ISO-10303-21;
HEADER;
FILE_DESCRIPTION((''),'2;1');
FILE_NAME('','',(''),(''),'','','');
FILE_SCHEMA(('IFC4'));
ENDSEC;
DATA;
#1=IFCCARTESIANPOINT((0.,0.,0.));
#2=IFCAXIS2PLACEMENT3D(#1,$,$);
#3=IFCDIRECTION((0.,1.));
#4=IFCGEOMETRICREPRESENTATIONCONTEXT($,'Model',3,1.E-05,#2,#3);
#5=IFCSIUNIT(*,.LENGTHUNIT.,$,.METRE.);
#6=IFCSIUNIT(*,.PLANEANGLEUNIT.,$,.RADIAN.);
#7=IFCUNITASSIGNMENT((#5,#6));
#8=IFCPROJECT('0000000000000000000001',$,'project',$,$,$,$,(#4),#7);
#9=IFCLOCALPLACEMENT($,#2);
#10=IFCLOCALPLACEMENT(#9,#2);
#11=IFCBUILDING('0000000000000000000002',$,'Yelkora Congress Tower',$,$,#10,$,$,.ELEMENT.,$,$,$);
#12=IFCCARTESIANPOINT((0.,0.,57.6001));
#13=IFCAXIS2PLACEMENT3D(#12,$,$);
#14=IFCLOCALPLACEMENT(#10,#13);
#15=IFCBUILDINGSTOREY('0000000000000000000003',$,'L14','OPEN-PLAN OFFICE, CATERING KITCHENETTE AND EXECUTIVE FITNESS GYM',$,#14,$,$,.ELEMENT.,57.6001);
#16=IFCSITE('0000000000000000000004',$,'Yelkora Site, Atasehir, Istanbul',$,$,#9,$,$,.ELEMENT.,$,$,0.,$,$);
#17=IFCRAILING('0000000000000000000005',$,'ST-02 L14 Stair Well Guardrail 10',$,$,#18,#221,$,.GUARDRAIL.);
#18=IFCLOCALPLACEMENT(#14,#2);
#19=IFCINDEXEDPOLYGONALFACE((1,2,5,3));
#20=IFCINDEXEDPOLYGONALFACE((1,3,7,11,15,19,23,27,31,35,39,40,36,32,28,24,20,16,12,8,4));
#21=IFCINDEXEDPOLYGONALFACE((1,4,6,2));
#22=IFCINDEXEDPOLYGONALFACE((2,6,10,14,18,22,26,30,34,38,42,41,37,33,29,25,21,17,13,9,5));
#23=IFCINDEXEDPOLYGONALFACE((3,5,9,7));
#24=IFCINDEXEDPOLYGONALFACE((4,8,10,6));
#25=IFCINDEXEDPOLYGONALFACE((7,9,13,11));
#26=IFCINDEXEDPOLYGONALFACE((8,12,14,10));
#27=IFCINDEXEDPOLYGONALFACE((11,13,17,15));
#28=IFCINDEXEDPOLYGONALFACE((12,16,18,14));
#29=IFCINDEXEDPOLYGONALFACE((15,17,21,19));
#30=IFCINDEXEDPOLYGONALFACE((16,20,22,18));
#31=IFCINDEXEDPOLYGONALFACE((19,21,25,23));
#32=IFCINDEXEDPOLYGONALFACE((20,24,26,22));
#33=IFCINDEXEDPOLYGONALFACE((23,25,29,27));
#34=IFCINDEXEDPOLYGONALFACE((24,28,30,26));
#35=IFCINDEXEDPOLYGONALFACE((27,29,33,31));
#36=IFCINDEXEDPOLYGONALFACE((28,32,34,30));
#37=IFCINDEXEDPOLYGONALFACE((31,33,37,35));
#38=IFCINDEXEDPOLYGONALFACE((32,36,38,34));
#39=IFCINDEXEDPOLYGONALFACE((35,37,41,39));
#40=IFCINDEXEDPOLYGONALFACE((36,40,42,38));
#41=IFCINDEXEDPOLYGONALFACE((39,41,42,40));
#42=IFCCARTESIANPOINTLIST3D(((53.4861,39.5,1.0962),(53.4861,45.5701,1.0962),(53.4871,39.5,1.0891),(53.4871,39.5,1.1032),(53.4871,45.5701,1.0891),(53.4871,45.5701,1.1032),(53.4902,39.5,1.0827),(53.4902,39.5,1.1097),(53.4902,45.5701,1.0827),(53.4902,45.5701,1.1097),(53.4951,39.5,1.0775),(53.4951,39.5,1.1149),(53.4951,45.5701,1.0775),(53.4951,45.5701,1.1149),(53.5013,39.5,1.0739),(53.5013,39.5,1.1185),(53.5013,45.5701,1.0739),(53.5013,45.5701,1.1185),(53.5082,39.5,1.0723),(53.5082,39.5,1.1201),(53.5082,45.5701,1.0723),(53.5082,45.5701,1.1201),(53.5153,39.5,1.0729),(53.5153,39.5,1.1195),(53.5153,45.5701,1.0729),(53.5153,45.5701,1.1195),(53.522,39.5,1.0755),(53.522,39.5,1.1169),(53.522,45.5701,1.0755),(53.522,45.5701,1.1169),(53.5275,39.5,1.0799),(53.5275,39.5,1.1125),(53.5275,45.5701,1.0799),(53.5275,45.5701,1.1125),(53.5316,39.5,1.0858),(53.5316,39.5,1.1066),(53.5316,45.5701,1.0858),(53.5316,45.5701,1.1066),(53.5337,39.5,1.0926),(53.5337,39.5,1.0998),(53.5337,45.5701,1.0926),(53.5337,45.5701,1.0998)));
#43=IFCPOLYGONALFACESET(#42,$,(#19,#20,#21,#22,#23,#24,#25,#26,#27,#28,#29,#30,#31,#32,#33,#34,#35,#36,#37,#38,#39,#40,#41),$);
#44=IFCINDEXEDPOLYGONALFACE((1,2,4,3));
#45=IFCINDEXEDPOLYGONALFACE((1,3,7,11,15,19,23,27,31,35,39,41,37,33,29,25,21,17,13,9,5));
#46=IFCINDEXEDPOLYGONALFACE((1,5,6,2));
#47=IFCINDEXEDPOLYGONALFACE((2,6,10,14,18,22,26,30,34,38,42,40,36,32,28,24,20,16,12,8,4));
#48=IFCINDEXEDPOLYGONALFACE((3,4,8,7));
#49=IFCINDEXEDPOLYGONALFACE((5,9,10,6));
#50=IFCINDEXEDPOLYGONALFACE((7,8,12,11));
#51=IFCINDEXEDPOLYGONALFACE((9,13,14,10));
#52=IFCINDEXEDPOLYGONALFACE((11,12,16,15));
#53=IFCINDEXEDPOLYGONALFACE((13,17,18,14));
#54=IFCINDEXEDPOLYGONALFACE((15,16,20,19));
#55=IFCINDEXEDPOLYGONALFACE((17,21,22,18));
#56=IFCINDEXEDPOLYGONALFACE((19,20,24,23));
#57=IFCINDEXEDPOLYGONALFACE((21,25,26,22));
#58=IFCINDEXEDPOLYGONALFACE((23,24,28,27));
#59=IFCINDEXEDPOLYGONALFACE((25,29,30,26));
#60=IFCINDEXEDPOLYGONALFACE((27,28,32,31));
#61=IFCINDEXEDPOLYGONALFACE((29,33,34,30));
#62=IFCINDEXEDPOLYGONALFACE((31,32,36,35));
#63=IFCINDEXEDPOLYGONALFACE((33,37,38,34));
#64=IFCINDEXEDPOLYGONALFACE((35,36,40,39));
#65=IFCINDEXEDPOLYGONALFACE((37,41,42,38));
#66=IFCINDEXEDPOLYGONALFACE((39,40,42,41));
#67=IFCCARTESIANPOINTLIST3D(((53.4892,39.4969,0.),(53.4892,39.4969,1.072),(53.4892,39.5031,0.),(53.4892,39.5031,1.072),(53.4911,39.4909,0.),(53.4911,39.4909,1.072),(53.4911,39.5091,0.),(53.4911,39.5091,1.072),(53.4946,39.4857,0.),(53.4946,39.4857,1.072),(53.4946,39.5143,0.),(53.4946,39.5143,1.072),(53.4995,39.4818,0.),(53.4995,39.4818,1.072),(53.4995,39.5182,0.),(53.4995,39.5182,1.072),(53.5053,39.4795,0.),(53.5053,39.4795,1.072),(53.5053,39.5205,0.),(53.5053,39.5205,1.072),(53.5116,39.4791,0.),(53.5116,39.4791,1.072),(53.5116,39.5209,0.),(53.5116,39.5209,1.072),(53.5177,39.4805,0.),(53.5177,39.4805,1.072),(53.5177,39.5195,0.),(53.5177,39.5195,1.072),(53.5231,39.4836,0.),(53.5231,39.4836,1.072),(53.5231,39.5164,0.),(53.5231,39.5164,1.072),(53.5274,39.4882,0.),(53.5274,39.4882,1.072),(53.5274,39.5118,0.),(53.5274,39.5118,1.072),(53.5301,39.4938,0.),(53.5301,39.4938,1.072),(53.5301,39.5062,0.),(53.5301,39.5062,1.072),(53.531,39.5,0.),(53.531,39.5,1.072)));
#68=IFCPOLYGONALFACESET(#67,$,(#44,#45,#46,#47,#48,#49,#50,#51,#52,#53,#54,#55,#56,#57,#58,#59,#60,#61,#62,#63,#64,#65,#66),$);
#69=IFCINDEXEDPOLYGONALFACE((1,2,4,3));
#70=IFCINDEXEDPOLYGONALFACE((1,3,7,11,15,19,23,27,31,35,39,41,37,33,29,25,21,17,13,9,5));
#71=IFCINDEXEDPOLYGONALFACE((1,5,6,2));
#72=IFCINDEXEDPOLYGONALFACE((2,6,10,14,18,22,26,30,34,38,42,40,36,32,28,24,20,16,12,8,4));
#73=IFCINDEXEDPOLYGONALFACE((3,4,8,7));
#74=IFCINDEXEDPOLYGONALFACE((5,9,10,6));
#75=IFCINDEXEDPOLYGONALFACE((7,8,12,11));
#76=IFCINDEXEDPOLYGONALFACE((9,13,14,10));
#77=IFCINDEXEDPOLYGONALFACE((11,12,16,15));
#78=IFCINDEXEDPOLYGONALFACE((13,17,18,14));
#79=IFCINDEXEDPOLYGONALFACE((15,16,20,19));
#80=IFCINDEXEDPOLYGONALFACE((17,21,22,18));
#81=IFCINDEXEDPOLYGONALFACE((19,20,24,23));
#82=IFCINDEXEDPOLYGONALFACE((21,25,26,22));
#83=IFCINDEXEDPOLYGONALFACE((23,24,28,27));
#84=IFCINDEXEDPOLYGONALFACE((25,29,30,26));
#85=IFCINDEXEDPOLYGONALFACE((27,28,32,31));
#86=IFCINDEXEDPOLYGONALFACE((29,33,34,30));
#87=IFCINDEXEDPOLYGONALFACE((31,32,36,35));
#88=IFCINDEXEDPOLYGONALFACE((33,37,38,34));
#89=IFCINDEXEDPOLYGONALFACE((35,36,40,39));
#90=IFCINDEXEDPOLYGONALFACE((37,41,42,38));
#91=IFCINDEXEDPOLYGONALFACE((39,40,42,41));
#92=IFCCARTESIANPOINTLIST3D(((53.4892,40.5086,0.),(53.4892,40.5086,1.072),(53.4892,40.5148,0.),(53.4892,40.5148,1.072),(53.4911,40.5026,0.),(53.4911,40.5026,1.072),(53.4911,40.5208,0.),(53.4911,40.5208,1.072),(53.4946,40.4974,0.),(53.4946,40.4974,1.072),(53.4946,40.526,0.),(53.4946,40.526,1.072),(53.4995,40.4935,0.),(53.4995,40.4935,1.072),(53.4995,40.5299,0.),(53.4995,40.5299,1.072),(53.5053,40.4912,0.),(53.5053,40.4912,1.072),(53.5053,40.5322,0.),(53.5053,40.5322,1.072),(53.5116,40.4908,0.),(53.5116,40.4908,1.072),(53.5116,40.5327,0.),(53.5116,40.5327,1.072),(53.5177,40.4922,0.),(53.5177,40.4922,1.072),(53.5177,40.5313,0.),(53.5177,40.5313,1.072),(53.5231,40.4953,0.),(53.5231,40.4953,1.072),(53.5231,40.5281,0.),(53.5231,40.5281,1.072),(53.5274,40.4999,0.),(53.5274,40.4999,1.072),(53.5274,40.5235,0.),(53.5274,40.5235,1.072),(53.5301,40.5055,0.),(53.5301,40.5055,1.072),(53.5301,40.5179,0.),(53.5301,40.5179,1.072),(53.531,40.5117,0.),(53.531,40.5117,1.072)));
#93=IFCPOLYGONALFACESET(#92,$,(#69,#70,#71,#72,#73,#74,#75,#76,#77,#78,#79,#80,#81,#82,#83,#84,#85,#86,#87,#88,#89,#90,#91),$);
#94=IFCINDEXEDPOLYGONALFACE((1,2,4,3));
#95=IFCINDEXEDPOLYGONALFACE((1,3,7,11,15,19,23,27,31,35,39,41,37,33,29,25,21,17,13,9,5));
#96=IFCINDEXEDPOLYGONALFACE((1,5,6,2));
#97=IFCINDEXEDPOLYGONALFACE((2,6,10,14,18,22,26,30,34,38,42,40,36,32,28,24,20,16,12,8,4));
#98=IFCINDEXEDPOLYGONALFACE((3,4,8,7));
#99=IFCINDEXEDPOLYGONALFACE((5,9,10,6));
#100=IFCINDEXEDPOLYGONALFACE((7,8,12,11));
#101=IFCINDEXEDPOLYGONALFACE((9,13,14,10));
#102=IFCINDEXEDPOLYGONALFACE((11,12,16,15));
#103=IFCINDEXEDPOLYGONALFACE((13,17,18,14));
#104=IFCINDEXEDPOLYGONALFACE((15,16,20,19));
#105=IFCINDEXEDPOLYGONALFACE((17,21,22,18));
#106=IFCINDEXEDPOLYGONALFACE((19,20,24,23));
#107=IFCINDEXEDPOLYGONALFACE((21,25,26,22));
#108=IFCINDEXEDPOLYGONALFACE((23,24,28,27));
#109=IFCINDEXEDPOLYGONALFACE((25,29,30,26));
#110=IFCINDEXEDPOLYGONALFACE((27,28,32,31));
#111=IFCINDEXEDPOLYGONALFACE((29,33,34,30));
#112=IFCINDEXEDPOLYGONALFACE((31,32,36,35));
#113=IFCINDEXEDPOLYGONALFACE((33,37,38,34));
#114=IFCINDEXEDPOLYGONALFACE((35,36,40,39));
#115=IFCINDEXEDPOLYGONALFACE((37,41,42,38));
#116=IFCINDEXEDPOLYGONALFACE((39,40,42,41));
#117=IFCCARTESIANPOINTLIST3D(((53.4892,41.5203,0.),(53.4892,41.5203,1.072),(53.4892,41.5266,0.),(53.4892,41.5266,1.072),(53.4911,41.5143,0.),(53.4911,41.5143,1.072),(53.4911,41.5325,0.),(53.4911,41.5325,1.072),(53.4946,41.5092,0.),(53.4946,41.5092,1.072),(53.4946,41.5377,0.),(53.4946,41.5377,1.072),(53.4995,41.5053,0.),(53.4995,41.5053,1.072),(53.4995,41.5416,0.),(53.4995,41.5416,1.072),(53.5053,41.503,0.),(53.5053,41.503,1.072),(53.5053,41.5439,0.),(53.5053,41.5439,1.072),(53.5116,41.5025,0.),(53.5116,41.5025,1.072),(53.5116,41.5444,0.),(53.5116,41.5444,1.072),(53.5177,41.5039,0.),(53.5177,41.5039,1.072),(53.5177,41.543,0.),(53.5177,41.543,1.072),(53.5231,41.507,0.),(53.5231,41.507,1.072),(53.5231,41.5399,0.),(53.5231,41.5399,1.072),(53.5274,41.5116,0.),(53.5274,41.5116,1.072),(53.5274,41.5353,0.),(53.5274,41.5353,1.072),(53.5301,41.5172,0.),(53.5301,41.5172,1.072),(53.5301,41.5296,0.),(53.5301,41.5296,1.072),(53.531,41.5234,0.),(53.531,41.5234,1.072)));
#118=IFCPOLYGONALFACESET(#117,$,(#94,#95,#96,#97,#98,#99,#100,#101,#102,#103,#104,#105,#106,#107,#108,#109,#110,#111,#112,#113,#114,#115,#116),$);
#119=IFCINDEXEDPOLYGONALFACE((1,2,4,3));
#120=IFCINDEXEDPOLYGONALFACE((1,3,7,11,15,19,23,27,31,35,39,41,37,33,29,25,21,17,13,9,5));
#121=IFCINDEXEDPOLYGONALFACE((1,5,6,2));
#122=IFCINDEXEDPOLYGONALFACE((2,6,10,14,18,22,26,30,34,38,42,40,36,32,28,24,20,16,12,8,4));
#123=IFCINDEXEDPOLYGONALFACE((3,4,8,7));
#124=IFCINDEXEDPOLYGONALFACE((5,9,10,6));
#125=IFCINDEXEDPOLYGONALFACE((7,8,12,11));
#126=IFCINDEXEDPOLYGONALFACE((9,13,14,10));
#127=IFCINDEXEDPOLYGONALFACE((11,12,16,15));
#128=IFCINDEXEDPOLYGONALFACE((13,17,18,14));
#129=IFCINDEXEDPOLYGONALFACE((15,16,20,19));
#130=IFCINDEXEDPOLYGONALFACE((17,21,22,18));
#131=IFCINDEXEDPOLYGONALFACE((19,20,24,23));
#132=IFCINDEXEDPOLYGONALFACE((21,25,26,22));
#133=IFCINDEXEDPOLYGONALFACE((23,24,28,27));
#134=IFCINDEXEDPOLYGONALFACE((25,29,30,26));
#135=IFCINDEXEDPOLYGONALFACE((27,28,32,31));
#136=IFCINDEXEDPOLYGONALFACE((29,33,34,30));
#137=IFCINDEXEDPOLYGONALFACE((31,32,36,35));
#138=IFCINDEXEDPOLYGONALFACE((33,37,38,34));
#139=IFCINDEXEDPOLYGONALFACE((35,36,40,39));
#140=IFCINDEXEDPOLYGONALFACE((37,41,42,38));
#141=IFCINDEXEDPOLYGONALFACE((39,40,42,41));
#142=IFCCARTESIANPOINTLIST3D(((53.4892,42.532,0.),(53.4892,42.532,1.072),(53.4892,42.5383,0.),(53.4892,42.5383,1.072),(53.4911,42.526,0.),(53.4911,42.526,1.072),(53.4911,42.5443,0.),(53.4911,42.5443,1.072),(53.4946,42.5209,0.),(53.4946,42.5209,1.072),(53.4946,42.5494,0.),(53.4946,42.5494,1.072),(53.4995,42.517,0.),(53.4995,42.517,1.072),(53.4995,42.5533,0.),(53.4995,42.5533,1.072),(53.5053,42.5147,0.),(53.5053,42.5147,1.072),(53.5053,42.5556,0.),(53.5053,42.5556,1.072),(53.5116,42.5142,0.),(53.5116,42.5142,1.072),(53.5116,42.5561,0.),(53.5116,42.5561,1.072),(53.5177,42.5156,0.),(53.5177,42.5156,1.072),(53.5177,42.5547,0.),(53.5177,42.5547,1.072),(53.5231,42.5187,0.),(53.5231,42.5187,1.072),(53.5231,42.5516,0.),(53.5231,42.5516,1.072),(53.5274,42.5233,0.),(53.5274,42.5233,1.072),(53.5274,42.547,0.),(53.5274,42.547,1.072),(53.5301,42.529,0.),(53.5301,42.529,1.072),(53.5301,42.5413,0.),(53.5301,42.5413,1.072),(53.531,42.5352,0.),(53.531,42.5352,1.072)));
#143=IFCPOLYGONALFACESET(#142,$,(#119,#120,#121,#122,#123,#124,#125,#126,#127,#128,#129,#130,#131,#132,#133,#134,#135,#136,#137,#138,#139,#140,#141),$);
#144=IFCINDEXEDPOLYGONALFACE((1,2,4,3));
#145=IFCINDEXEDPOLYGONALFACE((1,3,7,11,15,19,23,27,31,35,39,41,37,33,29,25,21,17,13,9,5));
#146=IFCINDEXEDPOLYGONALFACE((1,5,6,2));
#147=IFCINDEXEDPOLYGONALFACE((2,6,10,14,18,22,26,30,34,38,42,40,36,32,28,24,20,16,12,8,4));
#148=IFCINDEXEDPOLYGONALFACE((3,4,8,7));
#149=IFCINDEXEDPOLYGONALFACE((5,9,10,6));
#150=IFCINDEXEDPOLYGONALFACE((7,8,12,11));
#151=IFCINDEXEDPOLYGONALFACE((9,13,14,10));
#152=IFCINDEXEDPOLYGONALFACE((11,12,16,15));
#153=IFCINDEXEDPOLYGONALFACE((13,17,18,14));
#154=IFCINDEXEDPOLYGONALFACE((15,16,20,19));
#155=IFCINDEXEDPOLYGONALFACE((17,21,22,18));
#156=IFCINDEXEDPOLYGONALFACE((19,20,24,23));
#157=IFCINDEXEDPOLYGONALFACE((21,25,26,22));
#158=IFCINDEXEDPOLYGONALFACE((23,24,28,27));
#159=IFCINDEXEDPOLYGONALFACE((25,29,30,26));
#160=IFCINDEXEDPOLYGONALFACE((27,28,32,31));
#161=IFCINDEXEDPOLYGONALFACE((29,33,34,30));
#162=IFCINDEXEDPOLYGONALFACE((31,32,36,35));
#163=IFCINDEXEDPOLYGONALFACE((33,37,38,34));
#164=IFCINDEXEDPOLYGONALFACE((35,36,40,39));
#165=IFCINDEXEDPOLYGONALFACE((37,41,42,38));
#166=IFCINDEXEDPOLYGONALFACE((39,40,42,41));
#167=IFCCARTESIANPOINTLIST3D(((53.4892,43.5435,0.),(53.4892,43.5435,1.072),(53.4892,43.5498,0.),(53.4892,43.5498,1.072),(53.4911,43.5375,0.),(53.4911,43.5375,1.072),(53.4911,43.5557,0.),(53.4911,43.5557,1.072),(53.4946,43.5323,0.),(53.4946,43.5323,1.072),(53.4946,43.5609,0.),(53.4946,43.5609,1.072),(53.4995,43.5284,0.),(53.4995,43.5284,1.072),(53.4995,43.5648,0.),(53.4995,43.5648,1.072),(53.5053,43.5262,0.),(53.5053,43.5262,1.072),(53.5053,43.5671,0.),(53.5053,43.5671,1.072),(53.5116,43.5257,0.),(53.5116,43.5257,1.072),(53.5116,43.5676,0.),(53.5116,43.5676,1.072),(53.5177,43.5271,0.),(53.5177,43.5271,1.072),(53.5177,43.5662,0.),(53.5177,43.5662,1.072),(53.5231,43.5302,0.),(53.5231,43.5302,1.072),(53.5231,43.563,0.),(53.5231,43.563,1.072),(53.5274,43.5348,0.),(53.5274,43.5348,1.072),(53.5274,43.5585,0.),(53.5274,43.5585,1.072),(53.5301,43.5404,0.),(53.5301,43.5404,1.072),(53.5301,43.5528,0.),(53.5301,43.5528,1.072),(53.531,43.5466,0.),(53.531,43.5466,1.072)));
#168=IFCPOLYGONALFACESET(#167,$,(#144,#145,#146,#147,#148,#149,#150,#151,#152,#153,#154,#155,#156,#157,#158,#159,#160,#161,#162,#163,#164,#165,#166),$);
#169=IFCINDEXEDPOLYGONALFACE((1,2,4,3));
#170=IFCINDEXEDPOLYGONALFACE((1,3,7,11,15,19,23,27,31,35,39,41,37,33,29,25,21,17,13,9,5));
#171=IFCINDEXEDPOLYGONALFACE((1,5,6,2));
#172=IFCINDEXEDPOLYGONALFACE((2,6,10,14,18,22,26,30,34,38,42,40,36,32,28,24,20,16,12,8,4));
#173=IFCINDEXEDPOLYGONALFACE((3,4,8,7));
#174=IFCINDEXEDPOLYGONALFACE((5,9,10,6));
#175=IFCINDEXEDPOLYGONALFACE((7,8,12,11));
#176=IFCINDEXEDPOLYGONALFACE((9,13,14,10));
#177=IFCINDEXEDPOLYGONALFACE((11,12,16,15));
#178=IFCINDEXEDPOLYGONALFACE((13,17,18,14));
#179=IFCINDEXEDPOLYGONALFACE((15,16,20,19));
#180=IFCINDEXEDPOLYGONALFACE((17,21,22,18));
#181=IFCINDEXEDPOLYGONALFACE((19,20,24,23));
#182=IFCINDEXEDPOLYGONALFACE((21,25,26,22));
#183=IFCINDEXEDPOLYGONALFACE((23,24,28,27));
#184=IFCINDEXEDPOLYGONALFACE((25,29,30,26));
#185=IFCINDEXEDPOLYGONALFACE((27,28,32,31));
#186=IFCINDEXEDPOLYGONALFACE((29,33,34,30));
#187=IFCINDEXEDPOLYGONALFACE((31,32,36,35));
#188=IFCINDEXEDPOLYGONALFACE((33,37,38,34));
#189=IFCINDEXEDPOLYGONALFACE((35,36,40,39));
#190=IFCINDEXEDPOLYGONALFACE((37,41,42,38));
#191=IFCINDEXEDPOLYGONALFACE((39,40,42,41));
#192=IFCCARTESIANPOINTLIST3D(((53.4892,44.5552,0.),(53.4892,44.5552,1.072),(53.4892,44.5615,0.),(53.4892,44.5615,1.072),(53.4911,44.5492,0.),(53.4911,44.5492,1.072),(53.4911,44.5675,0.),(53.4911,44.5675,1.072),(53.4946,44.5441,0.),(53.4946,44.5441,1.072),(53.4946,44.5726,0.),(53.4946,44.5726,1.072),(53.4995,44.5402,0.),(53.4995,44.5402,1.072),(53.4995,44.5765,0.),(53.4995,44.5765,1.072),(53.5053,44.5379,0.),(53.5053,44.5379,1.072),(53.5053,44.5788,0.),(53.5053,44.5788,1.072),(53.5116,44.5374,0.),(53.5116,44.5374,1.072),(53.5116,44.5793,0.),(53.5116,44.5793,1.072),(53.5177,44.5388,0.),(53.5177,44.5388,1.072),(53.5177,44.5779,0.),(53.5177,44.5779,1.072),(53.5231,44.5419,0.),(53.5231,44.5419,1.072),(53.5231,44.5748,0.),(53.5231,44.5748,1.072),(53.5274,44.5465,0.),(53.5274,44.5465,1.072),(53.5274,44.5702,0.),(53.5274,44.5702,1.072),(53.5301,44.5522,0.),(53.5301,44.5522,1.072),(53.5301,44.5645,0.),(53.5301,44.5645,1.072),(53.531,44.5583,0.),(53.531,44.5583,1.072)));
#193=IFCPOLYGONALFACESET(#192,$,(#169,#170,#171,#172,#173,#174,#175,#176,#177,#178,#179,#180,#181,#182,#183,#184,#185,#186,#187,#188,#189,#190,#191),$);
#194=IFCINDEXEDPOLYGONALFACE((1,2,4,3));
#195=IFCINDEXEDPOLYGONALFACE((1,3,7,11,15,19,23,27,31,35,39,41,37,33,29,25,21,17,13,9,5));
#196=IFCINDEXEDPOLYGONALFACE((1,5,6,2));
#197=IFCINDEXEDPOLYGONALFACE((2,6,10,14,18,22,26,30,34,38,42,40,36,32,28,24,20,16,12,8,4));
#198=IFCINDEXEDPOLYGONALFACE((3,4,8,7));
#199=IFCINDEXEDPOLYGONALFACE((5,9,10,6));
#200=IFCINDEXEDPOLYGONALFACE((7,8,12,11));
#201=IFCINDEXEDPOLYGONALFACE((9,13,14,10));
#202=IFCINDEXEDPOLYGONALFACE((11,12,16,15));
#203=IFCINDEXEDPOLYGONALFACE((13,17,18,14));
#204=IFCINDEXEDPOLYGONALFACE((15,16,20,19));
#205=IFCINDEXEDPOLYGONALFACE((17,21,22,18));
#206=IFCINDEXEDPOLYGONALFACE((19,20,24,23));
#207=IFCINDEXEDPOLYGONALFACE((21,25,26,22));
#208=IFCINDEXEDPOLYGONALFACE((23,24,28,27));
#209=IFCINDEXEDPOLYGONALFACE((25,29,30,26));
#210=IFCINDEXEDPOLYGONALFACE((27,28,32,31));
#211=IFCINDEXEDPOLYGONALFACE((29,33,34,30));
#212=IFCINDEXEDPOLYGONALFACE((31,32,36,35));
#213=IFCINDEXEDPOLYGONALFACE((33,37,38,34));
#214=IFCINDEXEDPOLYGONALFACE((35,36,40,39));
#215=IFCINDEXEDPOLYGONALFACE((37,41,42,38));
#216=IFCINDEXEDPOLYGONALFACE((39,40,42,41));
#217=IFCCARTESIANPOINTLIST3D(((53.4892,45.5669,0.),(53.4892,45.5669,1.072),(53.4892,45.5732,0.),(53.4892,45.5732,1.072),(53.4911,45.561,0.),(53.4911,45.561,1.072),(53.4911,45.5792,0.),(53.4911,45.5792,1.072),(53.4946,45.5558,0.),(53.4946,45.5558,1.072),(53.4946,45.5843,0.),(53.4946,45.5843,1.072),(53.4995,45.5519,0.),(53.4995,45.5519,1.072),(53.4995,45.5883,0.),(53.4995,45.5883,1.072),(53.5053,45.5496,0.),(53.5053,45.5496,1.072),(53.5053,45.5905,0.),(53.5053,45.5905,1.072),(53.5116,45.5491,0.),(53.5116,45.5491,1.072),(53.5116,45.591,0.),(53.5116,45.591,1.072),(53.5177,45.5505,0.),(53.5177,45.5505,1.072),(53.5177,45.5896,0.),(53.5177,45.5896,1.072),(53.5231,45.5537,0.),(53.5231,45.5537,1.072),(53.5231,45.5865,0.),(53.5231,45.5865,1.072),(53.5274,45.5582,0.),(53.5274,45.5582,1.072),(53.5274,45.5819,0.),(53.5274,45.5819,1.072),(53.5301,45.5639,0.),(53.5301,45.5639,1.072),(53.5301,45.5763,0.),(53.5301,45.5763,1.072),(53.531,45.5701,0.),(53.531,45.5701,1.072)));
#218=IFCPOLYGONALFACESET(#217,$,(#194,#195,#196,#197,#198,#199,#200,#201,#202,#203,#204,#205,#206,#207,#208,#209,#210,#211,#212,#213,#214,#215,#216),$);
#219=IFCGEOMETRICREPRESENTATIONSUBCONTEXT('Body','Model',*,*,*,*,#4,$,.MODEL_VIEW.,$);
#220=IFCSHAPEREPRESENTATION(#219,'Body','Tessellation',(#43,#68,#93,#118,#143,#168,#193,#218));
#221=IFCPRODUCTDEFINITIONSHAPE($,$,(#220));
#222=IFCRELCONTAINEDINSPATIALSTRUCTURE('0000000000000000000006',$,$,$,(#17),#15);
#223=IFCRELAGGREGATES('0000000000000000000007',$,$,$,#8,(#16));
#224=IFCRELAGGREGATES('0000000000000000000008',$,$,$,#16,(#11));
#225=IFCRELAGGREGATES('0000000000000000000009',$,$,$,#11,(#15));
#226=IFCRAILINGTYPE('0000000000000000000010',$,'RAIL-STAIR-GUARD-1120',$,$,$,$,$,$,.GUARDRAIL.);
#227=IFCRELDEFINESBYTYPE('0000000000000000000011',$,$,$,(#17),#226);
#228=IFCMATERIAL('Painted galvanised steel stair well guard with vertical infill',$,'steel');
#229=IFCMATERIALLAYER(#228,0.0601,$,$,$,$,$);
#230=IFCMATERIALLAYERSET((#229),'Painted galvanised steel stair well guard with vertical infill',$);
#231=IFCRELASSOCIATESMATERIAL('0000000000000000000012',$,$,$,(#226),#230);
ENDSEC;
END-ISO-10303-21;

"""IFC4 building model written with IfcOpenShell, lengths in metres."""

from ifc_helpers import new_model, si_unit, direction, frame, origin, origin_2d, place, context, subcontext, project, spatial, circle, extrude, material, layer, layer_set, type_object, element, save


model = new_model("IFC4")

# Units and contexts
model_context = context("Model", 3, precision=1e-05, world=origin(), true_north=direction((0.0, 1.0)))
body_context = subcontext(model_context, "Body", "Model", "MODEL_VIEW")
ifc_project = project(units=[si_unit("LENGTHUNIT", "METRE"), si_unit("PLANEANGLEUNIT", "RADIAN")], contexts=[model_context])

# Site, building, storey
site_placement = place(None, origin())
site = spatial("IfcSite", under=ifc_project, at=site_placement, Name="Yelkora Site, Atasehir, Istanbul", CompositionType="ELEMENT", RefElevation=0.0)
building_placement = place(site_placement, origin())
building = spatial("IfcBuilding", under=site, at=building_placement, Name="Yelkora Congress Tower", CompositionType="ELEMENT")
storey_placement = place(building_placement, frame((0.0, 0.0, 57.6001)))
storey = spatial("IfcBuildingStorey", under=building, at=storey_placement, Name="L14", Description="OPEN-PLAN OFFICE, CATERING KITCHENETTE AND EXECUTIVE FITNESS GYM", CompositionType="ELEMENT", Elevation=57.6001)

# Railing
ifc_material_1 = material(Name="Painted galvanised steel stair well guard with vertical infill", Category="steel")
ifc_layer_1 = layer(ifc_material_1, 0.0601)
ifc_layer_set_1 = layer_set([ifc_layer_1], Name="Painted galvanised steel stair well guard with vertical infill")
railing_type_1 = type_object("IfcRailingType", Name="RAIL-STAIR-GUARD-1120", PredefinedType="GUARDRAIL", material=ifc_layer_set_1)
railing_1_placement = place(storey_placement, frame((53.51, 39.5, 0.0)))
element("IfcRailing", 1, at=railing_1_placement, inside=storey, type_object=railing_type_1, Name="ST-02 L14 Stair Well Guardrail 10", PredefinedType="GUARDRAIL", context=body_context, shape_type="SweptSolid", body=[
    extrude(circle(Radius=0.0239, at=origin_2d()), frame((0.0, 0.0, 1.0962), z_axis=(0.0, 1.0, 0.0), x_axis=(-1.0, 0.0, 0.0)), (0.0, 0.0, 1.0), 6.0701),
    extrude(circle(Radius=0.021, at=origin_2d()), origin(), (0.0, 0.0, 1.0), 1.072),
    extrude(circle(Radius=0.021, at=origin_2d()), frame((0.0, 1.0117, 0.0)), (0.0, 0.0, 1.0), 1.072),
    extrude(circle(Radius=0.021, at=origin_2d()), frame((0.0, 2.0234, 0.0)), (0.0, 0.0, 1.0), 1.072),
    extrude(circle(Radius=0.021, at=origin_2d()), frame((0.0, 3.0352, 0.0)), (0.0, 0.0, 1.0), 1.072),
    extrude(circle(Radius=0.021, at=origin_2d()), frame((0.0, 4.0466, 0.0)), (0.0, 0.0, 1.0), 1.072),
    extrude(circle(Radius=0.021, at=origin_2d()), frame((0.0, 5.0583, 0.0)), (0.0, 0.0, 1.0), 1.072),
    extrude(circle(Radius=0.021, at=origin_2d()), frame((0.0, 6.0701, 0.0)), (0.0, 0.0, 1.0), 1.072),
])

save(model, "model.ifc")
